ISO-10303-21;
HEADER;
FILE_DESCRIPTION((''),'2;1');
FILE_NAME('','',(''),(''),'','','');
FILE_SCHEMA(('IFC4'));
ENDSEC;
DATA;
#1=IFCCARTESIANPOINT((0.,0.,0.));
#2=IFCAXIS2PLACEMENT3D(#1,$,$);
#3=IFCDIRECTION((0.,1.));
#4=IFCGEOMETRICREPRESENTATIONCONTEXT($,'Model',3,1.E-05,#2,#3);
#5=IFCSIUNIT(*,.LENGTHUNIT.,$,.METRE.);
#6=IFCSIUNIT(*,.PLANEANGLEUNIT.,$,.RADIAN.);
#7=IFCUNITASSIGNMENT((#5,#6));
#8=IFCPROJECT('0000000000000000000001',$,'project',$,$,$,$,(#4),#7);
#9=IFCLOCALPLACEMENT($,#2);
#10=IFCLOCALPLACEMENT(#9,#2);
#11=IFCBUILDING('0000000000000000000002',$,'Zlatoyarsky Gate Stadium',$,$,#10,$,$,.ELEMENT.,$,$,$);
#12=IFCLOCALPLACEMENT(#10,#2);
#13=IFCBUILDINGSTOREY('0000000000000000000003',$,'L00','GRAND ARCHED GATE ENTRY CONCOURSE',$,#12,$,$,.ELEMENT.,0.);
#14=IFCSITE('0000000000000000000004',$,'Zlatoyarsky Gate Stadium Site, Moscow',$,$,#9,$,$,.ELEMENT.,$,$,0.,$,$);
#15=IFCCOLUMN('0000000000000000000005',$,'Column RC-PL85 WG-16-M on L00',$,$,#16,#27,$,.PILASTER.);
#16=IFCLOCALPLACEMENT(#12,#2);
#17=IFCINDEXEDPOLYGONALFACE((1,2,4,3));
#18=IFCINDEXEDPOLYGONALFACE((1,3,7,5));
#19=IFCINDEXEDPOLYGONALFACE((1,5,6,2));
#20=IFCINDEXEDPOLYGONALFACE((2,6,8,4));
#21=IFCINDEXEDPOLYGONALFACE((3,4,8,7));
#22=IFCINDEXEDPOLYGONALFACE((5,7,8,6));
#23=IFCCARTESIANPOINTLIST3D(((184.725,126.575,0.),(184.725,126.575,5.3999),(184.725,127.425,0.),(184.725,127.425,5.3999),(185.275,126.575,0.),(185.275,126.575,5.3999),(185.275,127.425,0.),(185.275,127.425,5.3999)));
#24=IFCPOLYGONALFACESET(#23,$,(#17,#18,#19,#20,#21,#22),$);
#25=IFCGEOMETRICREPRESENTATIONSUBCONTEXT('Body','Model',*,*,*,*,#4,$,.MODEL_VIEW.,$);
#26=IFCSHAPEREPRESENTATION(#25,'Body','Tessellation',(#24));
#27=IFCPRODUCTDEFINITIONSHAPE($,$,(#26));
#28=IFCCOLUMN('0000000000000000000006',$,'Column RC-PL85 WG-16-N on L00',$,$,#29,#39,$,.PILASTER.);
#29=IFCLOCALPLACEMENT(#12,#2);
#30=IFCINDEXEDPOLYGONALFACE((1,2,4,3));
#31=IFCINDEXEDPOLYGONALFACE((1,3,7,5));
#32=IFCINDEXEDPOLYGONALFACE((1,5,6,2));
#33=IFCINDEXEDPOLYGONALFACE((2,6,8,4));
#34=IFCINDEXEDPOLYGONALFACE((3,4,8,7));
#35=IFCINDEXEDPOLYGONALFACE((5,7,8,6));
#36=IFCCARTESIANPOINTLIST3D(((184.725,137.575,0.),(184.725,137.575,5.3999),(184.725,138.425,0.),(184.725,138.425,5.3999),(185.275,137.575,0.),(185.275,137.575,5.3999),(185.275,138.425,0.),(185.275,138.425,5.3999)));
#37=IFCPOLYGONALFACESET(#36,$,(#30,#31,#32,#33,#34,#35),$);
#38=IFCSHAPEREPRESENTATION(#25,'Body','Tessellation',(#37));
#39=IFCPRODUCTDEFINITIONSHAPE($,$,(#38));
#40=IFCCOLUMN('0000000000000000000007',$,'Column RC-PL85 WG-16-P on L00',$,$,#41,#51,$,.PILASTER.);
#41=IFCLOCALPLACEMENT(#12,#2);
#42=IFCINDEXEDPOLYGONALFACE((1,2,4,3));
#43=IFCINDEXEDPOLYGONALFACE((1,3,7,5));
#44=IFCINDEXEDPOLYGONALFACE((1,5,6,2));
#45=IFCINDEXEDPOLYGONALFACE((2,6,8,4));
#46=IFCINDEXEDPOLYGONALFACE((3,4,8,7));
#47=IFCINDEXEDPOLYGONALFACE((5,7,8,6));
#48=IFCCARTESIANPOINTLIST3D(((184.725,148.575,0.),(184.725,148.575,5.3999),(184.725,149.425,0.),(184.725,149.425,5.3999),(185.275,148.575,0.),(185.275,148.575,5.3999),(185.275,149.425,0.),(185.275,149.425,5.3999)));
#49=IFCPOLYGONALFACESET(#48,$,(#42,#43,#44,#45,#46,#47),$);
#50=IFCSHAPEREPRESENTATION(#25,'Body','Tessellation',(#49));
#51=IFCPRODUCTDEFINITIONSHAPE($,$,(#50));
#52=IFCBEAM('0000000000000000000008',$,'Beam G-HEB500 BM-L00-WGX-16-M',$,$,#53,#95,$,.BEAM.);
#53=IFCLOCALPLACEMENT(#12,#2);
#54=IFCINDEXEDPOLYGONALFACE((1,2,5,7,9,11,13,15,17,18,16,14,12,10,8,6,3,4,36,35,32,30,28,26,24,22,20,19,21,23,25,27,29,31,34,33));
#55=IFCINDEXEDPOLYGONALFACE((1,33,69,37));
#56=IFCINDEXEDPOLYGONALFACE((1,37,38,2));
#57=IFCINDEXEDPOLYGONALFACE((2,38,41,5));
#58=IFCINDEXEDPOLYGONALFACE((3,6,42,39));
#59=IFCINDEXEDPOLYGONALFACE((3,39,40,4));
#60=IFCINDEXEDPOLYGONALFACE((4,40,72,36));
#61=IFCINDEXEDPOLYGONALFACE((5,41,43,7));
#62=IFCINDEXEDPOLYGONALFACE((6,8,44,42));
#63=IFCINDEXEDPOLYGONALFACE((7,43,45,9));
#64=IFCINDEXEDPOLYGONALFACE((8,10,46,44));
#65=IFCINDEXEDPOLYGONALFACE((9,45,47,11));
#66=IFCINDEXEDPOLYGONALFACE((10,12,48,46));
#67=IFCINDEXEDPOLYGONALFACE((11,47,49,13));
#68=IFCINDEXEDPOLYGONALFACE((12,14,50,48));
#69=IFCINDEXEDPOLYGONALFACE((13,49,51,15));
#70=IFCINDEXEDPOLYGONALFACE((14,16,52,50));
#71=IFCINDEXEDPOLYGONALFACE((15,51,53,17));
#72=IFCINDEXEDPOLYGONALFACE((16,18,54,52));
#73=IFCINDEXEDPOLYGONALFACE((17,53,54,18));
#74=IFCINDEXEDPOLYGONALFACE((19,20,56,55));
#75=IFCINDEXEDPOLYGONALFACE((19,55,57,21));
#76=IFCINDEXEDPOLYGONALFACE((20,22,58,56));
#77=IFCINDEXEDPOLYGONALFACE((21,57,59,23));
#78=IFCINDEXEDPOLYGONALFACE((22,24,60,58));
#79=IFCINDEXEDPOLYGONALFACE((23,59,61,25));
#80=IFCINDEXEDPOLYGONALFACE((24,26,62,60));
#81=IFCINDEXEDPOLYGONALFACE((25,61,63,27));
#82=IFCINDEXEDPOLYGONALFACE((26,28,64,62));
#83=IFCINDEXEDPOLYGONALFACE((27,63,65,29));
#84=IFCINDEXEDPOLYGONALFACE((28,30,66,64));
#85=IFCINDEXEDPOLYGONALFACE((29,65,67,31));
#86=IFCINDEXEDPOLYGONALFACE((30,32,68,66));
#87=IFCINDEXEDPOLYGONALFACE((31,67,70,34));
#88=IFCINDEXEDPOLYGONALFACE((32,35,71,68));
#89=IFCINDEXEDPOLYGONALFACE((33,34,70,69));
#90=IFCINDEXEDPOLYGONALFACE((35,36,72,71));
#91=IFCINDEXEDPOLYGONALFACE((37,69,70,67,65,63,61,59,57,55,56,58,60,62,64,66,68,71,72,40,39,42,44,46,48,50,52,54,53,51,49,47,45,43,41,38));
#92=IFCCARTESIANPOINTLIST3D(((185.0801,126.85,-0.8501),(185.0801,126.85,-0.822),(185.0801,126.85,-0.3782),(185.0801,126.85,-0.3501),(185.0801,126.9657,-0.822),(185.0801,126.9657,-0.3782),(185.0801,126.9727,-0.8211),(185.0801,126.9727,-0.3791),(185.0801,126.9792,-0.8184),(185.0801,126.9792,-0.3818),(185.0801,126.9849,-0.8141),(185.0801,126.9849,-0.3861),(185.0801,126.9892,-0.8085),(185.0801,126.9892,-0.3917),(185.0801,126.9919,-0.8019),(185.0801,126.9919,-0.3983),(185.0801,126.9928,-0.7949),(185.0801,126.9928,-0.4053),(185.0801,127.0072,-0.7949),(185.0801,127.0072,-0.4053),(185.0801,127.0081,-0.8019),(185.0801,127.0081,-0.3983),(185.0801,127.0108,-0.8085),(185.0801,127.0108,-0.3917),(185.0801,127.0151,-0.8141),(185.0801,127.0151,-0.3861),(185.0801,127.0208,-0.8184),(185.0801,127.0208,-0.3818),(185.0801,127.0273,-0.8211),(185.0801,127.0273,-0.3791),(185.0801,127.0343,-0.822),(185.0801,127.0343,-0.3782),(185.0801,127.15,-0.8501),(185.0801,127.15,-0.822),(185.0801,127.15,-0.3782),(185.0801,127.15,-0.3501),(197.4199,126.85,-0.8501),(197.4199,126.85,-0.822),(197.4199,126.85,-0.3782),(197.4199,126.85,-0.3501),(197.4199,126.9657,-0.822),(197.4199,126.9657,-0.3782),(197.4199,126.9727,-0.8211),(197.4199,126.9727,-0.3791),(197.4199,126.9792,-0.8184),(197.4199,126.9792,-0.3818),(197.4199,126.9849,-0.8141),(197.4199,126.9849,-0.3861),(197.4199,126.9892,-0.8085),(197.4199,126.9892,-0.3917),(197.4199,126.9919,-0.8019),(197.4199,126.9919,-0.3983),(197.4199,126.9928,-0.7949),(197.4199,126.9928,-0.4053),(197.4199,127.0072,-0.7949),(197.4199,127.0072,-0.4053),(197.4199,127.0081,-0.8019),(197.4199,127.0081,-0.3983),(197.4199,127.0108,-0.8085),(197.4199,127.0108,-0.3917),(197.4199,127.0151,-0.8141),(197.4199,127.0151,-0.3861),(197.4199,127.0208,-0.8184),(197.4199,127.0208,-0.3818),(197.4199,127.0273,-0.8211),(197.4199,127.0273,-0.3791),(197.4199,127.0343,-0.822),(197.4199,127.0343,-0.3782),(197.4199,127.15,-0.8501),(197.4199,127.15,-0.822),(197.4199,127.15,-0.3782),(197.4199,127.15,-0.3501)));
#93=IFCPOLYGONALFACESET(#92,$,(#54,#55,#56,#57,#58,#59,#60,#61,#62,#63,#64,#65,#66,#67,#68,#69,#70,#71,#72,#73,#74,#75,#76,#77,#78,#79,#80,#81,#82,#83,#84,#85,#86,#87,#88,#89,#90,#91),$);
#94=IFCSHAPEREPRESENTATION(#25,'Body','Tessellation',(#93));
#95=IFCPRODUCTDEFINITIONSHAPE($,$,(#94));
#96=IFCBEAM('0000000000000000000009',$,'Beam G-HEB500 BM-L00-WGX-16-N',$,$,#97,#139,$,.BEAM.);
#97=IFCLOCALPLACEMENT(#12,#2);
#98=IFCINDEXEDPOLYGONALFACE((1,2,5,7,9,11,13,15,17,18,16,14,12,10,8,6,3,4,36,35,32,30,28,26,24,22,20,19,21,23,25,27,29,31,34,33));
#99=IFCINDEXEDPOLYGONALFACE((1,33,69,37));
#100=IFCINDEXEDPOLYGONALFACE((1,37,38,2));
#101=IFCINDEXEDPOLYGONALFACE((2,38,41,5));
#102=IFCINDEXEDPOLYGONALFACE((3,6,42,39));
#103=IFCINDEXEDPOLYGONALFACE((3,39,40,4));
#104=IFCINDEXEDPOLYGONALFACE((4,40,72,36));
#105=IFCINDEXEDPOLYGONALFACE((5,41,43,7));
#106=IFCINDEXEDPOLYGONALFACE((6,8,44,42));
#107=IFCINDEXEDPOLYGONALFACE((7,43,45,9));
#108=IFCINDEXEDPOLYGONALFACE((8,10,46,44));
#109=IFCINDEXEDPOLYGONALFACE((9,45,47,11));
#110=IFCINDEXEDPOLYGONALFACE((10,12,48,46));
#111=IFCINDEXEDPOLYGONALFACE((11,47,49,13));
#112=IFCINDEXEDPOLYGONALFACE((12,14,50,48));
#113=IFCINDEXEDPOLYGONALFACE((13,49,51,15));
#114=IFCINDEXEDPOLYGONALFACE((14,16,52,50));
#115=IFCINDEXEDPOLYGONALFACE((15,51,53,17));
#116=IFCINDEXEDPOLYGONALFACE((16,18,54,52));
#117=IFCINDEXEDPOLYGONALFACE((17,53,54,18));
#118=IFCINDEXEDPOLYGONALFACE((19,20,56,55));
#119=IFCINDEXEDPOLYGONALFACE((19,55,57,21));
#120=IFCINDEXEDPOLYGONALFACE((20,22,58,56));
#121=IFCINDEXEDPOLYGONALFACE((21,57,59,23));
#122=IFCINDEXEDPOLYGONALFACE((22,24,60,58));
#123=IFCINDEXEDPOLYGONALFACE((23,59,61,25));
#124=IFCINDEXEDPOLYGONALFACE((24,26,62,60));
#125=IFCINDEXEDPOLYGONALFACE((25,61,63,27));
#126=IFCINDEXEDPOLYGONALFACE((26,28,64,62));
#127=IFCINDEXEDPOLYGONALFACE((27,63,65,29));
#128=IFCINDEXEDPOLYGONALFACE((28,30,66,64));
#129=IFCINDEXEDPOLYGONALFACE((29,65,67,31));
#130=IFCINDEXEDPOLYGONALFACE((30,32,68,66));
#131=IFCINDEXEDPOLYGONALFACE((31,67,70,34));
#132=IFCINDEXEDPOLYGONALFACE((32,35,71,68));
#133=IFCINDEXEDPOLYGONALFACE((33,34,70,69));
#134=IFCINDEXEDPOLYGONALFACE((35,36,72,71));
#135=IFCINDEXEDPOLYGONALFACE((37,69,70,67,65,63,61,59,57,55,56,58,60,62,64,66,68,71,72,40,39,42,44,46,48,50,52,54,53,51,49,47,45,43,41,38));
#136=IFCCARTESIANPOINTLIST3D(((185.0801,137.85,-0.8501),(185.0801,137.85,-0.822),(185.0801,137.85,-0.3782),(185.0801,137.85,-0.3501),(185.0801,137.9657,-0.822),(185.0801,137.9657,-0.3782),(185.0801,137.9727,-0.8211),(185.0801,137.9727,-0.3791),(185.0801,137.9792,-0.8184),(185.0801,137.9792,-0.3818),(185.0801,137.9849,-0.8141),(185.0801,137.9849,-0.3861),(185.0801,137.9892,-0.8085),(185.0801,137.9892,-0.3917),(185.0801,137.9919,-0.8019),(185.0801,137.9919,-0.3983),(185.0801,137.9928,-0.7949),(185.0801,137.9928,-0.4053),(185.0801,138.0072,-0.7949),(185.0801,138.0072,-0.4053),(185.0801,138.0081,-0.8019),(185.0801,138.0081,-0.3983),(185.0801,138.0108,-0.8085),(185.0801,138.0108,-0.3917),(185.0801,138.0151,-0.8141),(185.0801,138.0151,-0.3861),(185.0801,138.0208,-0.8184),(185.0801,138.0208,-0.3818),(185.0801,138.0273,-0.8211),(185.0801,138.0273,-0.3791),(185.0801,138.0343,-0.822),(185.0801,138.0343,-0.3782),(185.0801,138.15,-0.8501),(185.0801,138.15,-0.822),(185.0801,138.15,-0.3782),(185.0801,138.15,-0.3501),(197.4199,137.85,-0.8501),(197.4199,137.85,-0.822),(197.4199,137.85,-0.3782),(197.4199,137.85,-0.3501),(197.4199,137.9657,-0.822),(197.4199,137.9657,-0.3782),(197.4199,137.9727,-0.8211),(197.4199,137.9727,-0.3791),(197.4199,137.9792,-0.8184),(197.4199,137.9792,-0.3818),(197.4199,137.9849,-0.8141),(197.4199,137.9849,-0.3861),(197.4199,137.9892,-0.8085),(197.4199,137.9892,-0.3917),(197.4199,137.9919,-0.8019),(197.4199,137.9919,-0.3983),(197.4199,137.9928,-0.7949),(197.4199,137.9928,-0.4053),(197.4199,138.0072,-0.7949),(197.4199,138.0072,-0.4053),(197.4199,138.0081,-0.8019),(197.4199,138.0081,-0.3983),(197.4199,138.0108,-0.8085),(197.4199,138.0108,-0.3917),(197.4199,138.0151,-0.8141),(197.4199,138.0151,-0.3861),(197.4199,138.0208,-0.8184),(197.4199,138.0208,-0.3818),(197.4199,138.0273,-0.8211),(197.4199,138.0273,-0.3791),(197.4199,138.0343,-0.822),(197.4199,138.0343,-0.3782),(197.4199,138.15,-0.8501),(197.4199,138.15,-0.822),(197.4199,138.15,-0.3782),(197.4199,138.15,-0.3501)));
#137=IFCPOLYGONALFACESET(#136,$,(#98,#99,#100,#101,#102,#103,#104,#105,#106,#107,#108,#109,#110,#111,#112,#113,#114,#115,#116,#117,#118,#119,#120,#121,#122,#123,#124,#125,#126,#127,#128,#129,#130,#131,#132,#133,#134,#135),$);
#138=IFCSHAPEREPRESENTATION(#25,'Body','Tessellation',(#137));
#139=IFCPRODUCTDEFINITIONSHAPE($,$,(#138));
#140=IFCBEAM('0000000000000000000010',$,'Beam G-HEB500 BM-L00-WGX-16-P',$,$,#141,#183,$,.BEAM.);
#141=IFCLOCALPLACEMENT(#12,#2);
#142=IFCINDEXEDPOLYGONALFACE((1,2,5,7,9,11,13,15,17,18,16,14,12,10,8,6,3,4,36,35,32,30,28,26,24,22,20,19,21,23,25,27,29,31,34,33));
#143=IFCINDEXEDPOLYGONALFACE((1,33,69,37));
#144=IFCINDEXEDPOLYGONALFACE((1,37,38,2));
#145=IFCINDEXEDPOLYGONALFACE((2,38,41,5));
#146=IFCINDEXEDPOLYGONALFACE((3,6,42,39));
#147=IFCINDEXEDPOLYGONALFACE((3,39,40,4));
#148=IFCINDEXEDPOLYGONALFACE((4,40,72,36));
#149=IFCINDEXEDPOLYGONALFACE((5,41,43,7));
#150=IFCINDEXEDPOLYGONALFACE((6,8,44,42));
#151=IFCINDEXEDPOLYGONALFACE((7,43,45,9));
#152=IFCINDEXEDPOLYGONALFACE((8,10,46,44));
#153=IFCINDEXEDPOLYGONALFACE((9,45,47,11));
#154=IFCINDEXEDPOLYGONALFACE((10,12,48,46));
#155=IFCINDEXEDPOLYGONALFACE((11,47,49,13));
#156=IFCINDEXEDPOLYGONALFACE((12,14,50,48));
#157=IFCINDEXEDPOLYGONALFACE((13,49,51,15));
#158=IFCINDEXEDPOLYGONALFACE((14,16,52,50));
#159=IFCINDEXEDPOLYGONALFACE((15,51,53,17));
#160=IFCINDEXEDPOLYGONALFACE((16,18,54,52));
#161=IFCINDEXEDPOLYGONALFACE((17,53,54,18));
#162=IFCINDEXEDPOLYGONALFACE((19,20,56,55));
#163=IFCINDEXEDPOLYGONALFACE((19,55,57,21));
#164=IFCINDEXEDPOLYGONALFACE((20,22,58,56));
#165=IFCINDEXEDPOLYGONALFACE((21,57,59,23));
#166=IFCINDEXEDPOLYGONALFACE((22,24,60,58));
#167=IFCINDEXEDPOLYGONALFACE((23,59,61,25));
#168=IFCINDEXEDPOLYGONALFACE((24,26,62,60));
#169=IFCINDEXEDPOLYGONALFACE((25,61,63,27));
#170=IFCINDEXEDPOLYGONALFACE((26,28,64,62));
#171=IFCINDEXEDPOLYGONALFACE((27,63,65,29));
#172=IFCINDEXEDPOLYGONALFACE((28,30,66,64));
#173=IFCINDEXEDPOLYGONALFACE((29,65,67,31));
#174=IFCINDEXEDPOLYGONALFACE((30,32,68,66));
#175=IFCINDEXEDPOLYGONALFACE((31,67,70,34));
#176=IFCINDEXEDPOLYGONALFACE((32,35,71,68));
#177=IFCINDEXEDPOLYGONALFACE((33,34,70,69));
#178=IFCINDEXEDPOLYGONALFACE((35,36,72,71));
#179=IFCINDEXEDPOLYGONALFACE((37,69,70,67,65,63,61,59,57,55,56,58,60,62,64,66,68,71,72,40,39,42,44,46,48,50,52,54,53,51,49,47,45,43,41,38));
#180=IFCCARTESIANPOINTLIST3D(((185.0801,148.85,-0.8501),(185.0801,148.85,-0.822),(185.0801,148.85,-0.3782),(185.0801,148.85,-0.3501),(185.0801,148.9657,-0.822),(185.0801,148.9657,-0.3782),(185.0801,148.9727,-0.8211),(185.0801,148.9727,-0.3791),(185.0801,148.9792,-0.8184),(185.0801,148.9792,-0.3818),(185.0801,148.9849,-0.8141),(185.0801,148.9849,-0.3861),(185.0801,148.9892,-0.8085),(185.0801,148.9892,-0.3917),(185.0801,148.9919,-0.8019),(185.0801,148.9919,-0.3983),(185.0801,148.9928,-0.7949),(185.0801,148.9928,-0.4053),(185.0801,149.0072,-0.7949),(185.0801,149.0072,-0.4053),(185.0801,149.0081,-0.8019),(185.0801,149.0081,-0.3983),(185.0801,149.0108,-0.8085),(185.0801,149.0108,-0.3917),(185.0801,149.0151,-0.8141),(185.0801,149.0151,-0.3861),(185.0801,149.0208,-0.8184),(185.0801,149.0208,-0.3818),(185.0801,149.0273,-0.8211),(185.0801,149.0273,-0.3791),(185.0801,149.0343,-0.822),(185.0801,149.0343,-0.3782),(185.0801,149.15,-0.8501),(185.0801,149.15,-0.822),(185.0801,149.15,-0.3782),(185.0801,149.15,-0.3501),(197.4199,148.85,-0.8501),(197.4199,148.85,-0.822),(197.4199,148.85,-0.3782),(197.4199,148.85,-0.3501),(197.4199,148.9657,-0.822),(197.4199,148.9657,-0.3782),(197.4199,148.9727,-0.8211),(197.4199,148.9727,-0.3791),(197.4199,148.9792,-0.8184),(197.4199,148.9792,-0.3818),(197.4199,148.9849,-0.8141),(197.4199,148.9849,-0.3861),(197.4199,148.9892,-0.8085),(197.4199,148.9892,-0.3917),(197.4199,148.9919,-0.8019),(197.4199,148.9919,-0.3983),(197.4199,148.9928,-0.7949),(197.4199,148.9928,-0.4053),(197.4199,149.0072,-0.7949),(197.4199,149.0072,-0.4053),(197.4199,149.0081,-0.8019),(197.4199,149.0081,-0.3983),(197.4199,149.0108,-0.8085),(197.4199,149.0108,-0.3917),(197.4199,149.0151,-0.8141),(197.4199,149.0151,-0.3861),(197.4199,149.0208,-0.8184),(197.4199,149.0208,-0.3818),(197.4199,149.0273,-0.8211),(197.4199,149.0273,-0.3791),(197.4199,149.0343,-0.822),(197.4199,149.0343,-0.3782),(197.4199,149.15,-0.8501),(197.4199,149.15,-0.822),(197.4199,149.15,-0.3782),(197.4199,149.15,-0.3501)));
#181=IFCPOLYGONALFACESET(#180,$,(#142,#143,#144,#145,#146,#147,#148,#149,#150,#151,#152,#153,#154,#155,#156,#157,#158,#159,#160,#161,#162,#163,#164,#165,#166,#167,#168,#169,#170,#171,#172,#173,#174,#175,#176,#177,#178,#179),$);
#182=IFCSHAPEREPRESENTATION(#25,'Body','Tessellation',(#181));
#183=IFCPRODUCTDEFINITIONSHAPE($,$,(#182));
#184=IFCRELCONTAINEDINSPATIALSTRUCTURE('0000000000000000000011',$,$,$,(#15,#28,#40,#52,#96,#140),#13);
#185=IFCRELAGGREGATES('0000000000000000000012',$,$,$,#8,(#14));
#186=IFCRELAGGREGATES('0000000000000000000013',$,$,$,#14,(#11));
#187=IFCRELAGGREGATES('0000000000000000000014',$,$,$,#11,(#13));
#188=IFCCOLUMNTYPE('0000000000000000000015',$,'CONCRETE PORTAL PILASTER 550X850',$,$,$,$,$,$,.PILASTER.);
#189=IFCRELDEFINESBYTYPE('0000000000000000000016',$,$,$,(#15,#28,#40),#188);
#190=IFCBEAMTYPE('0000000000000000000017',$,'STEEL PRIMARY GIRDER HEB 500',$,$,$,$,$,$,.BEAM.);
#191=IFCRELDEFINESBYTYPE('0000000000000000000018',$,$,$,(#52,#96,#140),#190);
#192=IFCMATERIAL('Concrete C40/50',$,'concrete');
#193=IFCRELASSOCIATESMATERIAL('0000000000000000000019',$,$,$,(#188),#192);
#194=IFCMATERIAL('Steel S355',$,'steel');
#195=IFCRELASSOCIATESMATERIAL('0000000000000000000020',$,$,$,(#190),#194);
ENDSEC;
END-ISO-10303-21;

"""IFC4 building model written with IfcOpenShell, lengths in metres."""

from ifc_helpers import new_model, si_unit, direction, frame, origin, origin_2d, place, context, subcontext, project, spatial, rectangle, i_section, extrude, material, material_profile, profile_set, type_object, element, save


model = new_model("IFC4")

# Units and contexts
model_context = context("Model", 3, precision=1e-05, world=origin(), true_north=direction((0.0, 1.0)))
body_context = subcontext(model_context, "Body", "Model", "MODEL_VIEW")
ifc_project = project(units=[si_unit("LENGTHUNIT", "METRE"), si_unit("PLANEANGLEUNIT", "RADIAN")], contexts=[model_context])

# Site, building, storey
site_placement = place(None, origin())
site = spatial("IfcSite", under=ifc_project, at=site_placement, Name="Zlatoyarsky Gate Stadium Site, Moscow", CompositionType="ELEMENT", RefElevation=0.0)
building_placement = place(site_placement, origin())
building = spatial("IfcBuilding", under=site, at=building_placement, Name="Zlatoyarsky Gate Stadium", CompositionType="ELEMENT")
storey_placement = place(building_placement, origin())
storey = spatial("IfcBuildingStorey", under=building, at=storey_placement, Name="L00", Description="GRAND ARCHED GATE ENTRY CONCOURSE", CompositionType="ELEMENT", Elevation=0.0)

# Columns
ifc_material_1 = material(Name="Concrete C40/50", Category="concrete")
ifc_material_profile_1 = material_profile(ifc_material_1, rectangle(XDim=0.55, YDim=0.8501, at=origin_2d()), Name="RC PILASTER 550X850")
ifc_profile_set_1 = profile_set([ifc_material_profile_1], Name="Concrete C40/50")
column_type = type_object("IfcColumnType", Name="CONCRETE PORTAL PILASTER 550X850", PredefinedType="PILASTER", material=ifc_profile_set_1)
for number, where, z_axis, x_axis, name in (
    (1, (185.0, 127.0, 0.0), (0.0, 0.0, 1.0), (1.0, 0.0, 0.0), "Column RC-PL85 WG-16-M on L00"),
    (2, (185.0, 138.0, 0.0), (0.0, 0.0, 1.0), (1.0, 0.0, 0.0), "Column RC-PL85 WG-16-N on L00"),
    (3, (185.0, 149.0, 0.0), (0.0, 0.0, 1.0), (1.0, 0.0, 0.0), "Column RC-PL85 WG-16-P on L00"),
):
    element("IfcColumn", number, at=place(storey_placement, frame(where, z_axis=z_axis, x_axis=x_axis)), inside=storey, type_object=column_type, Name=name, PredefinedType="PILASTER", context=body_context, shape_type="SweptSolid", body=[
        extrude(rectangle(XDim=0.55, YDim=0.8501, at=origin_2d()), origin(), (0.0, 0.0, 1.0), 5.3999),
    ])

# Beams
ifc_material_2 = material(Name="Steel S355", Category="steel")
ifc_material_profile_2 = material_profile(ifc_material_2, i_section(OverallWidth=0.3, OverallDepth=0.5, WebThickness=0.0144, FlangeThickness=0.0281, FilletRadius=0.0271, at=origin_2d()), Name="HEB 500")
ifc_profile_set_2 = profile_set([ifc_material_profile_2], Name="Steel S355")
beam_type_1 = type_object("IfcBeamType", Name="STEEL PRIMARY GIRDER HEB 500", PredefinedType="BEAM", material=ifc_profile_set_2)
for number, where, z_axis, x_axis, name in (
    (4, (185.0801, 127.0, -0.6001), (1.0, 0.0, 0.0), (0.0, 1.0, 0.0), "Beam G-HEB500 BM-L00-WGX-16-M"),
    (5, (185.0801, 138.0, -0.6001), (1.0, 0.0, 0.0), (0.0, 1.0, 0.0), "Beam G-HEB500 BM-L00-WGX-16-N"),
    (6, (185.0801, 149.0, -0.6001), (1.0, 0.0, 0.0), (0.0, 1.0, 0.0), "Beam G-HEB500 BM-L00-WGX-16-P"),
):
    element("IfcBeam", number, at=place(storey_placement, frame(where, z_axis=z_axis, x_axis=x_axis)), inside=storey, type_object=beam_type_1, Name=name, PredefinedType="BEAM", context=body_context, shape_type="SweptSolid", body=[
        extrude(i_section(OverallWidth=0.3, OverallDepth=0.5, WebThickness=0.0144, FlangeThickness=0.0281, FilletRadius=0.0271, at=origin_2d()), origin(), (0.0, 0.0, 1.0), 12.3398),
    ])

save(model, "model.ifc")
